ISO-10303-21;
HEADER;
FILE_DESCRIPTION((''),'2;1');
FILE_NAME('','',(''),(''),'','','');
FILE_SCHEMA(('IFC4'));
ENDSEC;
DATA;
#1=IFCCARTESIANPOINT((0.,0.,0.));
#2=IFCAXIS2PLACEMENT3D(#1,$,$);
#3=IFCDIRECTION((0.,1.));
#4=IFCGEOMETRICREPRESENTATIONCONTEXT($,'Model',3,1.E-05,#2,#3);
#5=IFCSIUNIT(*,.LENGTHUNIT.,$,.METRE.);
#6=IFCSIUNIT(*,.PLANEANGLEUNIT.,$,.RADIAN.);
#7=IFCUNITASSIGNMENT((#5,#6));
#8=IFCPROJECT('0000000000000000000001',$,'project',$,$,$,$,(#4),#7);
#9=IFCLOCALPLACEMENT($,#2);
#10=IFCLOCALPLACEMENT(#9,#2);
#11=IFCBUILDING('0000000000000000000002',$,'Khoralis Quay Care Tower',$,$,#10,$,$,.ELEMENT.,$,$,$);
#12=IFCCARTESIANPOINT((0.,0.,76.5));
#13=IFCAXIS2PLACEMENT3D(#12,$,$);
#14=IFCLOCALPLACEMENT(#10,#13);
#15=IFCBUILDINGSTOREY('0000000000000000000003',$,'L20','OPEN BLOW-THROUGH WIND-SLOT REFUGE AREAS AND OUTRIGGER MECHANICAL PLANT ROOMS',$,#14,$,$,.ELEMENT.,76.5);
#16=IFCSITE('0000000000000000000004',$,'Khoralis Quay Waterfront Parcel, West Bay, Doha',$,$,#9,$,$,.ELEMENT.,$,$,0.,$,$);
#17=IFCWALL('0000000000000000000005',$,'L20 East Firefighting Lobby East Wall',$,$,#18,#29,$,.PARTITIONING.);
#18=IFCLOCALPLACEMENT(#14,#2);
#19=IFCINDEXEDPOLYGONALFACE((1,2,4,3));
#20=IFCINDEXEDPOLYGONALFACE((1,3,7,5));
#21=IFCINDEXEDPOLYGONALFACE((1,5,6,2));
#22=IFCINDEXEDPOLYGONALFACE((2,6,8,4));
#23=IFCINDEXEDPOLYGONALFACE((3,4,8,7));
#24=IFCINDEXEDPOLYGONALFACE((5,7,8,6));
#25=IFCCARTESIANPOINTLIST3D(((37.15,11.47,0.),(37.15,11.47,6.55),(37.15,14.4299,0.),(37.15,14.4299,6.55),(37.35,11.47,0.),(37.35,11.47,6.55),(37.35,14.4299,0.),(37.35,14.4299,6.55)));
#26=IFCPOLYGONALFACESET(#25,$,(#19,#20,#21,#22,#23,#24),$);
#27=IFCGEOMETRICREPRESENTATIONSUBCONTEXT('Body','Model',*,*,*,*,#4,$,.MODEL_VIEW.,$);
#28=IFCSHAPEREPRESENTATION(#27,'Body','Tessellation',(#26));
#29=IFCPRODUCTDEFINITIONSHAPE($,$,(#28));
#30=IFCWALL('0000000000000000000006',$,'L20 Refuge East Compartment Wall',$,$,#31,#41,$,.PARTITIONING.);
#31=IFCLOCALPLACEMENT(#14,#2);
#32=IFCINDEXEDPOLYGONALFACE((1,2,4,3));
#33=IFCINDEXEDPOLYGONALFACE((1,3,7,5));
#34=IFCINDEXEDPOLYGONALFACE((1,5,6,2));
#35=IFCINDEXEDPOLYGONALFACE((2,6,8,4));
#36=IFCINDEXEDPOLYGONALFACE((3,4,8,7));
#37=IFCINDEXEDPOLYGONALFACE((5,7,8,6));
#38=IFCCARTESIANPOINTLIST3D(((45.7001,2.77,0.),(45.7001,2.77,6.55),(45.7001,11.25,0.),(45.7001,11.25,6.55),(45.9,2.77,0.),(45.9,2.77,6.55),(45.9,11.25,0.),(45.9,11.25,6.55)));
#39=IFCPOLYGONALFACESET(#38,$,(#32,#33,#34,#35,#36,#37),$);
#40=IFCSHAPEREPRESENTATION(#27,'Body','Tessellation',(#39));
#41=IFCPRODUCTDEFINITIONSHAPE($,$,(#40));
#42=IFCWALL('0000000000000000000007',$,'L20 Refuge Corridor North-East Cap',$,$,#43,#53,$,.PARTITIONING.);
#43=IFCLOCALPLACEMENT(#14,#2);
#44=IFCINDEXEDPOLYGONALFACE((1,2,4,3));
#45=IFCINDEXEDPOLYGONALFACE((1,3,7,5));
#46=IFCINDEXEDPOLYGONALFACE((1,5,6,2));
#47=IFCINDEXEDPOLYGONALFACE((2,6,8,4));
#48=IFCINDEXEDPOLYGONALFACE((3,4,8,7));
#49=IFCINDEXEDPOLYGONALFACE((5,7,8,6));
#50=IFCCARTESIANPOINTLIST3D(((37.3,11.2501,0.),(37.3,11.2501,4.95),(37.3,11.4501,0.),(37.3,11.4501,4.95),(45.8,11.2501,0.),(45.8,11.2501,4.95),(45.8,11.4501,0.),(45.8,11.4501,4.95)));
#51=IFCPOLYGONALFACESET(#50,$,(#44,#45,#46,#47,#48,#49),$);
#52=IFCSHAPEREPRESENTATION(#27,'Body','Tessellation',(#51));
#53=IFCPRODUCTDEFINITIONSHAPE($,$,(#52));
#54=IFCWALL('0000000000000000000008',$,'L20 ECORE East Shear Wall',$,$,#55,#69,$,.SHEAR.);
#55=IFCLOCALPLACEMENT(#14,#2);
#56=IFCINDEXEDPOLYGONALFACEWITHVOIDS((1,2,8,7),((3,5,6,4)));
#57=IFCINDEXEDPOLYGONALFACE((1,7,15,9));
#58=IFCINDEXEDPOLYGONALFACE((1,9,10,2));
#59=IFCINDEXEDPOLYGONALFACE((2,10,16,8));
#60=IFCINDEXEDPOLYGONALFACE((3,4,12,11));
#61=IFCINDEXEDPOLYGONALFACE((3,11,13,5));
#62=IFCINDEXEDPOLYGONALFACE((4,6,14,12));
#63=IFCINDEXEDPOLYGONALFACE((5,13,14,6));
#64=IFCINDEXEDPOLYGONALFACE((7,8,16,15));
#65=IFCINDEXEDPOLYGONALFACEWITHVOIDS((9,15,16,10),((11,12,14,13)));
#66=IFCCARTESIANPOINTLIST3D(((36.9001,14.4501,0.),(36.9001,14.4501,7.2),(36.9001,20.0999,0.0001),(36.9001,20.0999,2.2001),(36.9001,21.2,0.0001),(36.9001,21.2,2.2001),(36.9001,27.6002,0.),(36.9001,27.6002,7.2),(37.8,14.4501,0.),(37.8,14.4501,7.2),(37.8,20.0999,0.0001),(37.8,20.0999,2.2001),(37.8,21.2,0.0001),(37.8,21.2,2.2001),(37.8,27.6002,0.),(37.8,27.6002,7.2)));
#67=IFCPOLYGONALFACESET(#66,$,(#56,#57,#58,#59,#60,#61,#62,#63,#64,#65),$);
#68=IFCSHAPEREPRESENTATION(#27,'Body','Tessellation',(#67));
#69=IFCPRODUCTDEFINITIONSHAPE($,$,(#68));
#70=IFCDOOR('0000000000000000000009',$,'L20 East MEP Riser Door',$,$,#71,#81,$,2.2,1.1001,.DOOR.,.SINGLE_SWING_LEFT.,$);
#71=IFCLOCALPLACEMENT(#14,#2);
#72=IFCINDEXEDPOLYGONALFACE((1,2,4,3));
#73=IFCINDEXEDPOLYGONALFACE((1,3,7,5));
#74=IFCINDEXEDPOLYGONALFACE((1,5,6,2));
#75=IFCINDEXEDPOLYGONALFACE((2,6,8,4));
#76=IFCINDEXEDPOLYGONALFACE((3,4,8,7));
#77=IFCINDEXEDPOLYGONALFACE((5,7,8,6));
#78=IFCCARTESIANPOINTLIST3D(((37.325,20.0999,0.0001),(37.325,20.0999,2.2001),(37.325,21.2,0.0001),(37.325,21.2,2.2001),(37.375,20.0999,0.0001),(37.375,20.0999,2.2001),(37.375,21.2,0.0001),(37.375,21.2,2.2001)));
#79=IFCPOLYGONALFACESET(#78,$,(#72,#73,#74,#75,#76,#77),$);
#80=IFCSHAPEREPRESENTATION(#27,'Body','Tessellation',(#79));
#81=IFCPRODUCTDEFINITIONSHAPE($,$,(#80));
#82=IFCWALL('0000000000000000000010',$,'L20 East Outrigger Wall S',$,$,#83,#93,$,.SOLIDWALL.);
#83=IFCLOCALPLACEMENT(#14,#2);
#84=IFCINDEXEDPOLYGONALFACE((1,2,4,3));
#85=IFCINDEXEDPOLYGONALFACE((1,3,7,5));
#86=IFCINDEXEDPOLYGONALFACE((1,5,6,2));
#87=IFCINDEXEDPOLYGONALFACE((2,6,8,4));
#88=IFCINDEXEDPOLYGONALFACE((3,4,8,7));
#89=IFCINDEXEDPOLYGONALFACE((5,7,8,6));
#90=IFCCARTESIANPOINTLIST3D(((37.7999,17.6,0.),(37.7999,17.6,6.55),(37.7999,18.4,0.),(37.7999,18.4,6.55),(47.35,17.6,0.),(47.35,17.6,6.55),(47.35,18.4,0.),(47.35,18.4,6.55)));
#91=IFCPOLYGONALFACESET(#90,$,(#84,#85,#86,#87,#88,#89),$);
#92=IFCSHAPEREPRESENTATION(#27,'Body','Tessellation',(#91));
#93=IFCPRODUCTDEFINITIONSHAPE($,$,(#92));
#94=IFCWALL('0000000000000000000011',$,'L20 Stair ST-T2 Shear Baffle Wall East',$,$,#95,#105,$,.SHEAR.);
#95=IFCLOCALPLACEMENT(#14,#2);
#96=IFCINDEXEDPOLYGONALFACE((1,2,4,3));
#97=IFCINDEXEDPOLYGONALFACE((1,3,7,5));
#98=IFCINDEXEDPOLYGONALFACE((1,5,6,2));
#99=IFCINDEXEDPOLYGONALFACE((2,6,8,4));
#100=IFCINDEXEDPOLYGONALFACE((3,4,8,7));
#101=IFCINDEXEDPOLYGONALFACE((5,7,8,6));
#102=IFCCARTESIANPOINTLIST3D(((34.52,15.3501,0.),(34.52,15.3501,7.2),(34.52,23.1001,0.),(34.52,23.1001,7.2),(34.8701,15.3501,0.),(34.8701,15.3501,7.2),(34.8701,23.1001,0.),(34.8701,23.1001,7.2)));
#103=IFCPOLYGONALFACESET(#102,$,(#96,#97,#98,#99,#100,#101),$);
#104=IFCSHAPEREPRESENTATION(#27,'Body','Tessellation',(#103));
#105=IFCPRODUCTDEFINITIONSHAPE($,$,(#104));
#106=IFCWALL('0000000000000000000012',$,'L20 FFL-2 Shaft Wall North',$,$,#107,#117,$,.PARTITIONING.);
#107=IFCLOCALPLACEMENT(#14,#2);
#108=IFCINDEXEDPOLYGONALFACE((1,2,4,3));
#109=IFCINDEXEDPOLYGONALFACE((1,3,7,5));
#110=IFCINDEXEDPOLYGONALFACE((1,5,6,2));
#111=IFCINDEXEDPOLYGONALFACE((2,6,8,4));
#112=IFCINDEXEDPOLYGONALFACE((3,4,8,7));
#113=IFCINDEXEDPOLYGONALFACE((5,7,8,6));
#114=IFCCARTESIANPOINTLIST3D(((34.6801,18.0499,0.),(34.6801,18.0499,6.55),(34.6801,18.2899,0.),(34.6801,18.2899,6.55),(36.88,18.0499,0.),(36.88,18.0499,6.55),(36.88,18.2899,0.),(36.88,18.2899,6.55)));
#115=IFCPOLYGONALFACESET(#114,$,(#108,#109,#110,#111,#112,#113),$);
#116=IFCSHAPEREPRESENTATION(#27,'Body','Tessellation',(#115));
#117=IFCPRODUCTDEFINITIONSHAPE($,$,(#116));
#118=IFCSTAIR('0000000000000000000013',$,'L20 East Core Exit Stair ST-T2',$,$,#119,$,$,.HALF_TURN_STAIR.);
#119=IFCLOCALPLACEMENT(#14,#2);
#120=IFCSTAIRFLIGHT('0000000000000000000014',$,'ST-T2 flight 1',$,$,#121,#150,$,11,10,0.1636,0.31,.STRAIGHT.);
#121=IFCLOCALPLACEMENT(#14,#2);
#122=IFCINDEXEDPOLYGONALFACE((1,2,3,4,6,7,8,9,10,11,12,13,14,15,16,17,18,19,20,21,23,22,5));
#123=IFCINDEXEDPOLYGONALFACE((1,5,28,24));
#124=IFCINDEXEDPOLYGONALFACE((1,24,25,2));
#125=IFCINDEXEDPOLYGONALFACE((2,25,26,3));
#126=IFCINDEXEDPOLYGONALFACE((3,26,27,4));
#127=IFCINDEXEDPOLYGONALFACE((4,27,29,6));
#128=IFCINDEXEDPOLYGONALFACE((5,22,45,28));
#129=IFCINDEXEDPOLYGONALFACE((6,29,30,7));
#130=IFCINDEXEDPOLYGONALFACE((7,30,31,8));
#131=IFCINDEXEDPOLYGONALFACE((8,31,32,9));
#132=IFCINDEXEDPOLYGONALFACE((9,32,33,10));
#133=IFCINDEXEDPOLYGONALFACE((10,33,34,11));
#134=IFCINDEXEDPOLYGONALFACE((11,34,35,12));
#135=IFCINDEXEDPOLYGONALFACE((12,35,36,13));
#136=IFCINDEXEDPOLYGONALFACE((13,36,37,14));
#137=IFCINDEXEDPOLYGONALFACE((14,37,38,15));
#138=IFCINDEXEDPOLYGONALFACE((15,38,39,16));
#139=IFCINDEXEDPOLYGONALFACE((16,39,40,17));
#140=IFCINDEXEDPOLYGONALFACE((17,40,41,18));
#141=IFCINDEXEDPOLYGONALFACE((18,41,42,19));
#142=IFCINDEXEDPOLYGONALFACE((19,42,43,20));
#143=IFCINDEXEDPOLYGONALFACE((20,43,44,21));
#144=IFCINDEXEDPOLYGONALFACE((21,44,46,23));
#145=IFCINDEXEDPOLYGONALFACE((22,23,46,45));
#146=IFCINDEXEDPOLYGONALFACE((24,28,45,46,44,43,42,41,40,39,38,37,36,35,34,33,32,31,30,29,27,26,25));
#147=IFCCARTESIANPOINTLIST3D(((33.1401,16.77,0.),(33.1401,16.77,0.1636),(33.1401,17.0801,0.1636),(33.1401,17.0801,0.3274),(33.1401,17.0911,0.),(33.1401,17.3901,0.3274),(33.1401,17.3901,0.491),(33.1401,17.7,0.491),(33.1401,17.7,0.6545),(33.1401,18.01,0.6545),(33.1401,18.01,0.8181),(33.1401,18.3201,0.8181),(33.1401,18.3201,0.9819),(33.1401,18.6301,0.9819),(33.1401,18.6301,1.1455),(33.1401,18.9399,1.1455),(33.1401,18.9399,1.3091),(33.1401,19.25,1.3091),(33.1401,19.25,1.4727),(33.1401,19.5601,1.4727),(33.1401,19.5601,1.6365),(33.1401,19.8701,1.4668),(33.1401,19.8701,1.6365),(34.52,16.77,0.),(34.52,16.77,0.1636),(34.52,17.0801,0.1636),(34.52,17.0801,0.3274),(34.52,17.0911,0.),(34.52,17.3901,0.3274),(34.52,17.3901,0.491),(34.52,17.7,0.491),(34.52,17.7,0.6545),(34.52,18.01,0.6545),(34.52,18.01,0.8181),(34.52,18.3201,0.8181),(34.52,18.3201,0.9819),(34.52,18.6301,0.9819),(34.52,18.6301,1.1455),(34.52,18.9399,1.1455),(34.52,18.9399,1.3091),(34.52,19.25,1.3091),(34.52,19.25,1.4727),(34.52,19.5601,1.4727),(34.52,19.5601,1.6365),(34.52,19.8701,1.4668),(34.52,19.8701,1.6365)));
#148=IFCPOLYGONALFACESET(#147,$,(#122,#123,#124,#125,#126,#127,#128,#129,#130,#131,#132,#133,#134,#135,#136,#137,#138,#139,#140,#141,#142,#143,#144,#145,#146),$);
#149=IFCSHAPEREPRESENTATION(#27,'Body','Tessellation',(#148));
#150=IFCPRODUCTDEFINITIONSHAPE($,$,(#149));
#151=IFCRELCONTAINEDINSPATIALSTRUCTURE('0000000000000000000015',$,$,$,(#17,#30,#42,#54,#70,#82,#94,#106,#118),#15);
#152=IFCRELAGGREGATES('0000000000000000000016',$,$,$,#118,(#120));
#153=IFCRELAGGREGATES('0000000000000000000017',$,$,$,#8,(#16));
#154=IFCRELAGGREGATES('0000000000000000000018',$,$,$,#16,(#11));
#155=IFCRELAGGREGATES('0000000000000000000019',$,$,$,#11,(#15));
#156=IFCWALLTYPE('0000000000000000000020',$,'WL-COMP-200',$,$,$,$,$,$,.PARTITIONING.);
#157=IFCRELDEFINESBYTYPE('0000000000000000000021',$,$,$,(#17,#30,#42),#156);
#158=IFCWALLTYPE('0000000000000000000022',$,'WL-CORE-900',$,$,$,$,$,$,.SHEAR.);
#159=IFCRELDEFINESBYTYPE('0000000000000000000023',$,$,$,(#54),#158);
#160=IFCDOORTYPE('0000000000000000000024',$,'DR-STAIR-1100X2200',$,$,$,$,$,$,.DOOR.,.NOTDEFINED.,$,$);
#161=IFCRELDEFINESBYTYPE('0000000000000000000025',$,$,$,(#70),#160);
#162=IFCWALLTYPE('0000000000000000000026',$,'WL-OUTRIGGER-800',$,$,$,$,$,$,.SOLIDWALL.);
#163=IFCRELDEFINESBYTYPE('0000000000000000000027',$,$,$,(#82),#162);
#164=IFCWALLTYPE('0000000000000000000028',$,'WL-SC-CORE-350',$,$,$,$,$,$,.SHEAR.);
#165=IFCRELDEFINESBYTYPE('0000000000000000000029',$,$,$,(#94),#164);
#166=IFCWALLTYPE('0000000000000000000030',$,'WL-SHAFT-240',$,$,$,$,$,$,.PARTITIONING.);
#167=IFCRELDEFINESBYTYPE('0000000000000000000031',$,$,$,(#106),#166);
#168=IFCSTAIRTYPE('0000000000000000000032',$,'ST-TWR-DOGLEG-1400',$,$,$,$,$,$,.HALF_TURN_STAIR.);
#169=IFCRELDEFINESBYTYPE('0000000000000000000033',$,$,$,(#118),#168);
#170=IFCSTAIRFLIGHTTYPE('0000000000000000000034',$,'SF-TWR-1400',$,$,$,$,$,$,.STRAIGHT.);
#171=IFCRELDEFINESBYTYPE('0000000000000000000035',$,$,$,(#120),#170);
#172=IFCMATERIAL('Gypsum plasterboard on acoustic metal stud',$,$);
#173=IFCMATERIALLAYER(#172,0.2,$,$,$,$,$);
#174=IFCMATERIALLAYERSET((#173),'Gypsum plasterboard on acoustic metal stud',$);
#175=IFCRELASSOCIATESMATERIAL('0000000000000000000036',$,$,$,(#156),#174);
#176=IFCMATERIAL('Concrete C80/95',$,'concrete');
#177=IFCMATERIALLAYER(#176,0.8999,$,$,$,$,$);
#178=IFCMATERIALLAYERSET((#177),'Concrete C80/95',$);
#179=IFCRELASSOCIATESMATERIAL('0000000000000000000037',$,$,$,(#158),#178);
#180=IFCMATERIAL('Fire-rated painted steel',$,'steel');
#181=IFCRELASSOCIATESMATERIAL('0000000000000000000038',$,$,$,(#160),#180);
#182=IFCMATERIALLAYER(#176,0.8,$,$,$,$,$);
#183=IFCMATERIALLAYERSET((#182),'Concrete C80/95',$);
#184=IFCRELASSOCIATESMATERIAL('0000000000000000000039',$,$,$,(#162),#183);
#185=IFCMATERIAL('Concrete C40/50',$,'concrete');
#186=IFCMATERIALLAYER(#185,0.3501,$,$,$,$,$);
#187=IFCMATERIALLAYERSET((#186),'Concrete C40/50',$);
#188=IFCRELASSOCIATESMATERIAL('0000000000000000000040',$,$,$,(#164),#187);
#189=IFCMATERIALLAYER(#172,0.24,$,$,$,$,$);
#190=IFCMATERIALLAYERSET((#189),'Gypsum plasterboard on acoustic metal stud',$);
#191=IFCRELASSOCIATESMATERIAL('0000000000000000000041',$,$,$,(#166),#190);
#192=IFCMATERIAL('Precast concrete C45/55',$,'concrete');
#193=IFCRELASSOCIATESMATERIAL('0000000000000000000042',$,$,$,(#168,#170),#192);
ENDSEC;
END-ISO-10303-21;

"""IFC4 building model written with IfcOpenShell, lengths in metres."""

from ifc_helpers import new_model, si_unit, direction, frame, frame_2d, origin, place, context, subcontext, project, spatial, polyline, rectangle, outline, extrude, source, transform, mapped, material, layer, layer_set, type_object, element, fill, aggregate, save


model = new_model("IFC4")

# Units and contexts
model_context = context("Model", 3, precision=1e-05, world=origin(), true_north=direction((0.0, 1.0)))
body_context = subcontext(model_context, "Body", "Model", "MODEL_VIEW")
ifc_project = project(units=[si_unit("LENGTHUNIT", "METRE"), si_unit("PLANEANGLEUNIT", "RADIAN")], contexts=[model_context])

# Site, building, storey
site_placement = place(None, origin())
site = spatial("IfcSite", under=ifc_project, at=site_placement, Name="Khoralis Quay Waterfront Parcel, West Bay, Doha", CompositionType="ELEMENT", RefElevation=0.0)
building_placement = place(site_placement, origin())
building = spatial("IfcBuilding", under=site, at=building_placement, Name="Khoralis Quay Care Tower", CompositionType="ELEMENT")
storey_placement = place(building_placement, frame((0.0, 0.0, 76.5)))
storey = spatial("IfcBuildingStorey", under=building, at=storey_placement, Name="L20", Description="OPEN BLOW-THROUGH WIND-SLOT REFUGE AREAS AND OUTRIGGER MECHANICAL PLANT ROOMS", CompositionType="ELEMENT", Elevation=76.5)

# Shared definitions
ifc_material_1 = material(Name="Concrete C80/95", Category="concrete")

# Walls
ifc_material_2 = material(Name="Gypsum plasterboard on acoustic metal stud")
ifc_layer_1 = layer(ifc_material_2, 0.2)
ifc_layer_set_1 = layer_set([ifc_layer_1], Name="Gypsum plasterboard on acoustic metal stud")
wall_type_1 = type_object("IfcWallType", Name="WL-COMP-200", PredefinedType="PARTITIONING", material=ifc_layer_set_1)
wall_1_placement = place(storey_placement, frame((37.25, 11.47, 0.0), z_axis=(0.0, 0.0, 1.0), x_axis=(0.0, 1.0, 0.0)))
element("IfcWall", 1, at=wall_1_placement, inside=storey, type_object=wall_type_1, Name="L20 East Firefighting Lobby East Wall", PredefinedType="PARTITIONING", context=body_context, shape_type="SweptSolid", body=[
    extrude(rectangle(XDim=2.96, YDim=0.2, at=frame_2d((1.48, 0.0))), origin(), (0.0, 0.0, 1.0), 6.55),
])
wall_2_placement = place(storey_placement, frame((45.8, 2.77, 0.0), z_axis=(0.0, 0.0, 1.0), x_axis=(0.0, 1.0, 0.0)))
element("IfcWall", 2, at=wall_2_placement, inside=storey, type_object=wall_type_1, Name="L20 Refuge East Compartment Wall", PredefinedType="PARTITIONING", context=body_context, shape_type="SweptSolid", body=[
    extrude(rectangle(XDim=8.48, YDim=0.2, at=frame_2d((4.24, 0.0))), origin(), (0.0, 0.0, 1.0), 6.55),
])
wall_3_placement = place(storey_placement, frame((37.3, 11.3501, 0.0), z_axis=(0.0, 0.0, 1.0), x_axis=(1.0, 0.0, 0.0)))
element("IfcWall", 3, at=wall_3_placement, inside=storey, type_object=wall_type_1, Name="L20 Refuge Corridor North-East Cap", PredefinedType="PARTITIONING", context=body_context, shape_type="SweptSolid", body=[
    extrude(rectangle(XDim=8.5, YDim=0.2, at=frame_2d((4.25, 0.0))), origin(), (0.0, 0.0, 1.0), 4.95),
])

# Wall, opening, door
ifc_layer_2 = layer(ifc_material_1, 0.8999)
ifc_layer_set_2 = layer_set([ifc_layer_2], Name="Concrete C80/95")
wall_type_2 = type_object("IfcWallType", Name="WL-CORE-900", PredefinedType="SHEAR", material=ifc_layer_set_2)
wall_4_placement = place(storey_placement, frame((37.3501, 14.45, 0.0), z_axis=(0.0, 0.0, 1.0), x_axis=(0.0, 1.0, 0.0)))
wall_4 = element("IfcWall", 4, at=wall_4_placement, inside=storey, type_object=wall_type_2, Name="L20 ECORE East Shear Wall", PredefinedType="SHEAR", context=body_context, shape_type="SweptSolid", body=[
    extrude(rectangle(XDim=13.1501, YDim=0.8999, at=frame_2d((6.5752, 0.0))), origin(), (0.0, 0.0, 1.0), 7.2),
])
opening_placement = place(wall_4_placement, frame((5.6499, 0.0, 0.0)))
opening = element("IfcOpeningElement", 5, at=opening_placement, cuts=wall_4, PredefinedType="OPENING", context=body_context, shape_type="SweptSolid", body=[
    extrude(rectangle(XDim=1.1001, YDim=2.2, at=frame_2d((0.55, 1.1001))), frame((0.0, 0.46, 0.0), z_axis=(0.0, -1.0, 0.0), x_axis=(1.0, 0.0, 0.0)), (0.0, 0.0, 1.0), 0.9199),
])
ifc_material_3 = material(Name="Fire-rated painted steel", Category="steel")
door_type = type_object("IfcDoorType", Name="DR-STAIR-1100X2200", OperationType="NOTDEFINED", PredefinedType="DOOR", material=ifc_material_3)
shared_shape_1 = source(origin(), body_context, "Body", "SweptSolid", [
    extrude(rectangle(XDim=1.1001, YDim=2.2, at=frame_2d((0.55, 1.1001))), frame((0.0, 0.0249, 0.0), z_axis=(0.0, -1.0, 0.0), x_axis=(1.0, 0.0, 0.0)), (0.0, 0.0, 1.0), 0.05),
])
door_placement = place(opening_placement, frame((1.1001, 0.0, 0.0), z_axis=(0.0, 0.0, 1.0), x_axis=(-1.0, 0.0, 0.0)))
door = element("IfcDoor", 6, at=door_placement, inside=storey, type_object=door_type, Name="L20 East MEP Riser Door", OperationType="SINGLE_SWING_LEFT", OverallHeight=2.2, OverallWidth=1.1001, PredefinedType="DOOR", context=body_context, shape_type="MappedRepresentation", body=[
    mapped(shared_shape_1, transform((0.0, 0.0, 0.0), scale=1.0)),
])
fill(opening, door)

# Walls
ifc_layer_3 = layer(ifc_material_1, 0.8)
ifc_layer_set_3 = layer_set([ifc_layer_3], Name="Concrete C80/95")
wall_type_3 = type_object("IfcWallType", Name="WL-OUTRIGGER-800", PredefinedType="SOLIDWALL", material=ifc_layer_set_3)
wall_5_placement = place(storey_placement, frame((37.8, 18.0, 0.0), z_axis=(0.0, 0.0, 1.0), x_axis=(1.0, 0.0, 0.0)))
element("IfcWall", 7, at=wall_5_placement, inside=storey, type_object=wall_type_3, Name="L20 East Outrigger Wall S", PredefinedType="SOLIDWALL", context=body_context, shape_type="SweptSolid", body=[
    extrude(rectangle(XDim=9.55, YDim=0.8, at=frame_2d((4.7749, 0.0))), origin(), (0.0, 0.0, 1.0), 6.55),
])
ifc_material_4 = material(Name="Concrete C40/50", Category="concrete")
ifc_layer_4 = layer(ifc_material_4, 0.3501)
ifc_layer_set_4 = layer_set([ifc_layer_4], Name="Concrete C40/50")
wall_type_4 = type_object("IfcWallType", Name="WL-SC-CORE-350", PredefinedType="SHEAR", material=ifc_layer_set_4)
wall_6_placement = place(storey_placement, frame((34.6951, 15.3501, 0.0), z_axis=(0.0, 0.0, 1.0), x_axis=(0.0, 1.0, 0.0)))
element("IfcWall", 8, at=wall_6_placement, inside=storey, type_object=wall_type_4, Name="L20 Stair ST-T2 Shear Baffle Wall East", PredefinedType="SHEAR", context=body_context, shape_type="SweptSolid", body=[
    extrude(rectangle(XDim=7.75, YDim=0.3501, at=frame_2d((3.875, 0.0))), origin(), (0.0, 0.0, 1.0), 7.2),
])
ifc_layer_5 = layer(ifc_material_2, 0.24)
ifc_layer_set_5 = layer_set([ifc_layer_5], Name="Gypsum plasterboard on acoustic metal stud")
wall_type_5 = type_object("IfcWallType", Name="WL-SHAFT-240", PredefinedType="PARTITIONING", material=ifc_layer_set_5)
wall_7_placement = place(storey_placement, frame((34.6799, 18.1699, 0.0), z_axis=(0.0, 0.0, 1.0), x_axis=(1.0, 0.0, 0.0)))
element("IfcWall", 9, at=wall_7_placement, inside=storey, type_object=wall_type_5, Name="L20 FFL-2 Shaft Wall North", PredefinedType="PARTITIONING", context=body_context, shape_type="SweptSolid", body=[
    extrude(rectangle(XDim=2.2, YDim=0.24, at=frame_2d((1.1001, 0.0))), origin(), (0.0, 0.0, 1.0), 6.55),
])

# Stair, stair flight
ifc_material_5 = material(Name="Precast concrete C45/55", Category="concrete")
stair_type = type_object("IfcStairType", Name="ST-TWR-DOGLEG-1400", PredefinedType="HALF_TURN_STAIR", material=ifc_material_5)
stair_placement = place(storey_placement, origin())
stair = element("IfcStair", 10, at=stair_placement, inside=storey, type_object=stair_type, Name="L20 East Core Exit Stair ST-T2", PredefinedType="HALF_TURN_STAIR")
stair_flight_type = type_object("IfcStairFlightType", Name="SF-TWR-1400", PredefinedType="STRAIGHT", material=ifc_material_5)
shared_shape_2 = source(origin(), body_context, "Body", "SweptSolid", [
    extrude(outline(polyline([(0.0, 0.0), (0.0, 0.1636), (0.3101, 0.1636), (0.3101, 0.3274), (0.6201, 0.3274), (0.6201, 0.491), (0.9299, 0.491), (0.9299, 0.6545), (1.24, 0.6545), (1.24, 0.8181), (1.55, 0.8181), (1.55, 0.9819), (1.8601, 0.9819), (1.8601, 1.1455), (2.1699, 1.1455), (2.1699, 1.3091), (2.48, 1.3091), (2.48, 1.4727), (2.79, 1.4727), (2.79, 1.6365), (3.1001, 1.6365), (3.1001, 1.8), (3.1001, 1.4668), (0.321, 0.0), (0.0, 0.0)])), frame((0.0, 0.6899, 0.0), z_axis=(0.0, -1.0, 0.0), x_axis=(1.0, 0.0, 0.0)), (0.0, 0.0, 1.0), 1.3799),
])
stair_flight_1_placement = place(storey_placement, frame((33.8301, 16.77, 0.0), z_axis=(0.0, 0.0, 1.0), x_axis=(0.0, 1.0, 0.0)))
stair_flight_1 = element("IfcStairFlight", 11, at=stair_flight_1_placement, type_object=stair_flight_type, Name="ST-T2 flight 1", NumberOfRisers=11, NumberOfTreads=10, PredefinedType="STRAIGHT", RiserHeight=0.1636, TreadLength=0.31, context=body_context, shape_type="MappedRepresentation", body=[
    mapped(shared_shape_2, transform((0.0, 0.0, 0.0), scale=1.0)),
])
aggregate(stair, [stair_flight_1])

save(model, "model.ifc")
